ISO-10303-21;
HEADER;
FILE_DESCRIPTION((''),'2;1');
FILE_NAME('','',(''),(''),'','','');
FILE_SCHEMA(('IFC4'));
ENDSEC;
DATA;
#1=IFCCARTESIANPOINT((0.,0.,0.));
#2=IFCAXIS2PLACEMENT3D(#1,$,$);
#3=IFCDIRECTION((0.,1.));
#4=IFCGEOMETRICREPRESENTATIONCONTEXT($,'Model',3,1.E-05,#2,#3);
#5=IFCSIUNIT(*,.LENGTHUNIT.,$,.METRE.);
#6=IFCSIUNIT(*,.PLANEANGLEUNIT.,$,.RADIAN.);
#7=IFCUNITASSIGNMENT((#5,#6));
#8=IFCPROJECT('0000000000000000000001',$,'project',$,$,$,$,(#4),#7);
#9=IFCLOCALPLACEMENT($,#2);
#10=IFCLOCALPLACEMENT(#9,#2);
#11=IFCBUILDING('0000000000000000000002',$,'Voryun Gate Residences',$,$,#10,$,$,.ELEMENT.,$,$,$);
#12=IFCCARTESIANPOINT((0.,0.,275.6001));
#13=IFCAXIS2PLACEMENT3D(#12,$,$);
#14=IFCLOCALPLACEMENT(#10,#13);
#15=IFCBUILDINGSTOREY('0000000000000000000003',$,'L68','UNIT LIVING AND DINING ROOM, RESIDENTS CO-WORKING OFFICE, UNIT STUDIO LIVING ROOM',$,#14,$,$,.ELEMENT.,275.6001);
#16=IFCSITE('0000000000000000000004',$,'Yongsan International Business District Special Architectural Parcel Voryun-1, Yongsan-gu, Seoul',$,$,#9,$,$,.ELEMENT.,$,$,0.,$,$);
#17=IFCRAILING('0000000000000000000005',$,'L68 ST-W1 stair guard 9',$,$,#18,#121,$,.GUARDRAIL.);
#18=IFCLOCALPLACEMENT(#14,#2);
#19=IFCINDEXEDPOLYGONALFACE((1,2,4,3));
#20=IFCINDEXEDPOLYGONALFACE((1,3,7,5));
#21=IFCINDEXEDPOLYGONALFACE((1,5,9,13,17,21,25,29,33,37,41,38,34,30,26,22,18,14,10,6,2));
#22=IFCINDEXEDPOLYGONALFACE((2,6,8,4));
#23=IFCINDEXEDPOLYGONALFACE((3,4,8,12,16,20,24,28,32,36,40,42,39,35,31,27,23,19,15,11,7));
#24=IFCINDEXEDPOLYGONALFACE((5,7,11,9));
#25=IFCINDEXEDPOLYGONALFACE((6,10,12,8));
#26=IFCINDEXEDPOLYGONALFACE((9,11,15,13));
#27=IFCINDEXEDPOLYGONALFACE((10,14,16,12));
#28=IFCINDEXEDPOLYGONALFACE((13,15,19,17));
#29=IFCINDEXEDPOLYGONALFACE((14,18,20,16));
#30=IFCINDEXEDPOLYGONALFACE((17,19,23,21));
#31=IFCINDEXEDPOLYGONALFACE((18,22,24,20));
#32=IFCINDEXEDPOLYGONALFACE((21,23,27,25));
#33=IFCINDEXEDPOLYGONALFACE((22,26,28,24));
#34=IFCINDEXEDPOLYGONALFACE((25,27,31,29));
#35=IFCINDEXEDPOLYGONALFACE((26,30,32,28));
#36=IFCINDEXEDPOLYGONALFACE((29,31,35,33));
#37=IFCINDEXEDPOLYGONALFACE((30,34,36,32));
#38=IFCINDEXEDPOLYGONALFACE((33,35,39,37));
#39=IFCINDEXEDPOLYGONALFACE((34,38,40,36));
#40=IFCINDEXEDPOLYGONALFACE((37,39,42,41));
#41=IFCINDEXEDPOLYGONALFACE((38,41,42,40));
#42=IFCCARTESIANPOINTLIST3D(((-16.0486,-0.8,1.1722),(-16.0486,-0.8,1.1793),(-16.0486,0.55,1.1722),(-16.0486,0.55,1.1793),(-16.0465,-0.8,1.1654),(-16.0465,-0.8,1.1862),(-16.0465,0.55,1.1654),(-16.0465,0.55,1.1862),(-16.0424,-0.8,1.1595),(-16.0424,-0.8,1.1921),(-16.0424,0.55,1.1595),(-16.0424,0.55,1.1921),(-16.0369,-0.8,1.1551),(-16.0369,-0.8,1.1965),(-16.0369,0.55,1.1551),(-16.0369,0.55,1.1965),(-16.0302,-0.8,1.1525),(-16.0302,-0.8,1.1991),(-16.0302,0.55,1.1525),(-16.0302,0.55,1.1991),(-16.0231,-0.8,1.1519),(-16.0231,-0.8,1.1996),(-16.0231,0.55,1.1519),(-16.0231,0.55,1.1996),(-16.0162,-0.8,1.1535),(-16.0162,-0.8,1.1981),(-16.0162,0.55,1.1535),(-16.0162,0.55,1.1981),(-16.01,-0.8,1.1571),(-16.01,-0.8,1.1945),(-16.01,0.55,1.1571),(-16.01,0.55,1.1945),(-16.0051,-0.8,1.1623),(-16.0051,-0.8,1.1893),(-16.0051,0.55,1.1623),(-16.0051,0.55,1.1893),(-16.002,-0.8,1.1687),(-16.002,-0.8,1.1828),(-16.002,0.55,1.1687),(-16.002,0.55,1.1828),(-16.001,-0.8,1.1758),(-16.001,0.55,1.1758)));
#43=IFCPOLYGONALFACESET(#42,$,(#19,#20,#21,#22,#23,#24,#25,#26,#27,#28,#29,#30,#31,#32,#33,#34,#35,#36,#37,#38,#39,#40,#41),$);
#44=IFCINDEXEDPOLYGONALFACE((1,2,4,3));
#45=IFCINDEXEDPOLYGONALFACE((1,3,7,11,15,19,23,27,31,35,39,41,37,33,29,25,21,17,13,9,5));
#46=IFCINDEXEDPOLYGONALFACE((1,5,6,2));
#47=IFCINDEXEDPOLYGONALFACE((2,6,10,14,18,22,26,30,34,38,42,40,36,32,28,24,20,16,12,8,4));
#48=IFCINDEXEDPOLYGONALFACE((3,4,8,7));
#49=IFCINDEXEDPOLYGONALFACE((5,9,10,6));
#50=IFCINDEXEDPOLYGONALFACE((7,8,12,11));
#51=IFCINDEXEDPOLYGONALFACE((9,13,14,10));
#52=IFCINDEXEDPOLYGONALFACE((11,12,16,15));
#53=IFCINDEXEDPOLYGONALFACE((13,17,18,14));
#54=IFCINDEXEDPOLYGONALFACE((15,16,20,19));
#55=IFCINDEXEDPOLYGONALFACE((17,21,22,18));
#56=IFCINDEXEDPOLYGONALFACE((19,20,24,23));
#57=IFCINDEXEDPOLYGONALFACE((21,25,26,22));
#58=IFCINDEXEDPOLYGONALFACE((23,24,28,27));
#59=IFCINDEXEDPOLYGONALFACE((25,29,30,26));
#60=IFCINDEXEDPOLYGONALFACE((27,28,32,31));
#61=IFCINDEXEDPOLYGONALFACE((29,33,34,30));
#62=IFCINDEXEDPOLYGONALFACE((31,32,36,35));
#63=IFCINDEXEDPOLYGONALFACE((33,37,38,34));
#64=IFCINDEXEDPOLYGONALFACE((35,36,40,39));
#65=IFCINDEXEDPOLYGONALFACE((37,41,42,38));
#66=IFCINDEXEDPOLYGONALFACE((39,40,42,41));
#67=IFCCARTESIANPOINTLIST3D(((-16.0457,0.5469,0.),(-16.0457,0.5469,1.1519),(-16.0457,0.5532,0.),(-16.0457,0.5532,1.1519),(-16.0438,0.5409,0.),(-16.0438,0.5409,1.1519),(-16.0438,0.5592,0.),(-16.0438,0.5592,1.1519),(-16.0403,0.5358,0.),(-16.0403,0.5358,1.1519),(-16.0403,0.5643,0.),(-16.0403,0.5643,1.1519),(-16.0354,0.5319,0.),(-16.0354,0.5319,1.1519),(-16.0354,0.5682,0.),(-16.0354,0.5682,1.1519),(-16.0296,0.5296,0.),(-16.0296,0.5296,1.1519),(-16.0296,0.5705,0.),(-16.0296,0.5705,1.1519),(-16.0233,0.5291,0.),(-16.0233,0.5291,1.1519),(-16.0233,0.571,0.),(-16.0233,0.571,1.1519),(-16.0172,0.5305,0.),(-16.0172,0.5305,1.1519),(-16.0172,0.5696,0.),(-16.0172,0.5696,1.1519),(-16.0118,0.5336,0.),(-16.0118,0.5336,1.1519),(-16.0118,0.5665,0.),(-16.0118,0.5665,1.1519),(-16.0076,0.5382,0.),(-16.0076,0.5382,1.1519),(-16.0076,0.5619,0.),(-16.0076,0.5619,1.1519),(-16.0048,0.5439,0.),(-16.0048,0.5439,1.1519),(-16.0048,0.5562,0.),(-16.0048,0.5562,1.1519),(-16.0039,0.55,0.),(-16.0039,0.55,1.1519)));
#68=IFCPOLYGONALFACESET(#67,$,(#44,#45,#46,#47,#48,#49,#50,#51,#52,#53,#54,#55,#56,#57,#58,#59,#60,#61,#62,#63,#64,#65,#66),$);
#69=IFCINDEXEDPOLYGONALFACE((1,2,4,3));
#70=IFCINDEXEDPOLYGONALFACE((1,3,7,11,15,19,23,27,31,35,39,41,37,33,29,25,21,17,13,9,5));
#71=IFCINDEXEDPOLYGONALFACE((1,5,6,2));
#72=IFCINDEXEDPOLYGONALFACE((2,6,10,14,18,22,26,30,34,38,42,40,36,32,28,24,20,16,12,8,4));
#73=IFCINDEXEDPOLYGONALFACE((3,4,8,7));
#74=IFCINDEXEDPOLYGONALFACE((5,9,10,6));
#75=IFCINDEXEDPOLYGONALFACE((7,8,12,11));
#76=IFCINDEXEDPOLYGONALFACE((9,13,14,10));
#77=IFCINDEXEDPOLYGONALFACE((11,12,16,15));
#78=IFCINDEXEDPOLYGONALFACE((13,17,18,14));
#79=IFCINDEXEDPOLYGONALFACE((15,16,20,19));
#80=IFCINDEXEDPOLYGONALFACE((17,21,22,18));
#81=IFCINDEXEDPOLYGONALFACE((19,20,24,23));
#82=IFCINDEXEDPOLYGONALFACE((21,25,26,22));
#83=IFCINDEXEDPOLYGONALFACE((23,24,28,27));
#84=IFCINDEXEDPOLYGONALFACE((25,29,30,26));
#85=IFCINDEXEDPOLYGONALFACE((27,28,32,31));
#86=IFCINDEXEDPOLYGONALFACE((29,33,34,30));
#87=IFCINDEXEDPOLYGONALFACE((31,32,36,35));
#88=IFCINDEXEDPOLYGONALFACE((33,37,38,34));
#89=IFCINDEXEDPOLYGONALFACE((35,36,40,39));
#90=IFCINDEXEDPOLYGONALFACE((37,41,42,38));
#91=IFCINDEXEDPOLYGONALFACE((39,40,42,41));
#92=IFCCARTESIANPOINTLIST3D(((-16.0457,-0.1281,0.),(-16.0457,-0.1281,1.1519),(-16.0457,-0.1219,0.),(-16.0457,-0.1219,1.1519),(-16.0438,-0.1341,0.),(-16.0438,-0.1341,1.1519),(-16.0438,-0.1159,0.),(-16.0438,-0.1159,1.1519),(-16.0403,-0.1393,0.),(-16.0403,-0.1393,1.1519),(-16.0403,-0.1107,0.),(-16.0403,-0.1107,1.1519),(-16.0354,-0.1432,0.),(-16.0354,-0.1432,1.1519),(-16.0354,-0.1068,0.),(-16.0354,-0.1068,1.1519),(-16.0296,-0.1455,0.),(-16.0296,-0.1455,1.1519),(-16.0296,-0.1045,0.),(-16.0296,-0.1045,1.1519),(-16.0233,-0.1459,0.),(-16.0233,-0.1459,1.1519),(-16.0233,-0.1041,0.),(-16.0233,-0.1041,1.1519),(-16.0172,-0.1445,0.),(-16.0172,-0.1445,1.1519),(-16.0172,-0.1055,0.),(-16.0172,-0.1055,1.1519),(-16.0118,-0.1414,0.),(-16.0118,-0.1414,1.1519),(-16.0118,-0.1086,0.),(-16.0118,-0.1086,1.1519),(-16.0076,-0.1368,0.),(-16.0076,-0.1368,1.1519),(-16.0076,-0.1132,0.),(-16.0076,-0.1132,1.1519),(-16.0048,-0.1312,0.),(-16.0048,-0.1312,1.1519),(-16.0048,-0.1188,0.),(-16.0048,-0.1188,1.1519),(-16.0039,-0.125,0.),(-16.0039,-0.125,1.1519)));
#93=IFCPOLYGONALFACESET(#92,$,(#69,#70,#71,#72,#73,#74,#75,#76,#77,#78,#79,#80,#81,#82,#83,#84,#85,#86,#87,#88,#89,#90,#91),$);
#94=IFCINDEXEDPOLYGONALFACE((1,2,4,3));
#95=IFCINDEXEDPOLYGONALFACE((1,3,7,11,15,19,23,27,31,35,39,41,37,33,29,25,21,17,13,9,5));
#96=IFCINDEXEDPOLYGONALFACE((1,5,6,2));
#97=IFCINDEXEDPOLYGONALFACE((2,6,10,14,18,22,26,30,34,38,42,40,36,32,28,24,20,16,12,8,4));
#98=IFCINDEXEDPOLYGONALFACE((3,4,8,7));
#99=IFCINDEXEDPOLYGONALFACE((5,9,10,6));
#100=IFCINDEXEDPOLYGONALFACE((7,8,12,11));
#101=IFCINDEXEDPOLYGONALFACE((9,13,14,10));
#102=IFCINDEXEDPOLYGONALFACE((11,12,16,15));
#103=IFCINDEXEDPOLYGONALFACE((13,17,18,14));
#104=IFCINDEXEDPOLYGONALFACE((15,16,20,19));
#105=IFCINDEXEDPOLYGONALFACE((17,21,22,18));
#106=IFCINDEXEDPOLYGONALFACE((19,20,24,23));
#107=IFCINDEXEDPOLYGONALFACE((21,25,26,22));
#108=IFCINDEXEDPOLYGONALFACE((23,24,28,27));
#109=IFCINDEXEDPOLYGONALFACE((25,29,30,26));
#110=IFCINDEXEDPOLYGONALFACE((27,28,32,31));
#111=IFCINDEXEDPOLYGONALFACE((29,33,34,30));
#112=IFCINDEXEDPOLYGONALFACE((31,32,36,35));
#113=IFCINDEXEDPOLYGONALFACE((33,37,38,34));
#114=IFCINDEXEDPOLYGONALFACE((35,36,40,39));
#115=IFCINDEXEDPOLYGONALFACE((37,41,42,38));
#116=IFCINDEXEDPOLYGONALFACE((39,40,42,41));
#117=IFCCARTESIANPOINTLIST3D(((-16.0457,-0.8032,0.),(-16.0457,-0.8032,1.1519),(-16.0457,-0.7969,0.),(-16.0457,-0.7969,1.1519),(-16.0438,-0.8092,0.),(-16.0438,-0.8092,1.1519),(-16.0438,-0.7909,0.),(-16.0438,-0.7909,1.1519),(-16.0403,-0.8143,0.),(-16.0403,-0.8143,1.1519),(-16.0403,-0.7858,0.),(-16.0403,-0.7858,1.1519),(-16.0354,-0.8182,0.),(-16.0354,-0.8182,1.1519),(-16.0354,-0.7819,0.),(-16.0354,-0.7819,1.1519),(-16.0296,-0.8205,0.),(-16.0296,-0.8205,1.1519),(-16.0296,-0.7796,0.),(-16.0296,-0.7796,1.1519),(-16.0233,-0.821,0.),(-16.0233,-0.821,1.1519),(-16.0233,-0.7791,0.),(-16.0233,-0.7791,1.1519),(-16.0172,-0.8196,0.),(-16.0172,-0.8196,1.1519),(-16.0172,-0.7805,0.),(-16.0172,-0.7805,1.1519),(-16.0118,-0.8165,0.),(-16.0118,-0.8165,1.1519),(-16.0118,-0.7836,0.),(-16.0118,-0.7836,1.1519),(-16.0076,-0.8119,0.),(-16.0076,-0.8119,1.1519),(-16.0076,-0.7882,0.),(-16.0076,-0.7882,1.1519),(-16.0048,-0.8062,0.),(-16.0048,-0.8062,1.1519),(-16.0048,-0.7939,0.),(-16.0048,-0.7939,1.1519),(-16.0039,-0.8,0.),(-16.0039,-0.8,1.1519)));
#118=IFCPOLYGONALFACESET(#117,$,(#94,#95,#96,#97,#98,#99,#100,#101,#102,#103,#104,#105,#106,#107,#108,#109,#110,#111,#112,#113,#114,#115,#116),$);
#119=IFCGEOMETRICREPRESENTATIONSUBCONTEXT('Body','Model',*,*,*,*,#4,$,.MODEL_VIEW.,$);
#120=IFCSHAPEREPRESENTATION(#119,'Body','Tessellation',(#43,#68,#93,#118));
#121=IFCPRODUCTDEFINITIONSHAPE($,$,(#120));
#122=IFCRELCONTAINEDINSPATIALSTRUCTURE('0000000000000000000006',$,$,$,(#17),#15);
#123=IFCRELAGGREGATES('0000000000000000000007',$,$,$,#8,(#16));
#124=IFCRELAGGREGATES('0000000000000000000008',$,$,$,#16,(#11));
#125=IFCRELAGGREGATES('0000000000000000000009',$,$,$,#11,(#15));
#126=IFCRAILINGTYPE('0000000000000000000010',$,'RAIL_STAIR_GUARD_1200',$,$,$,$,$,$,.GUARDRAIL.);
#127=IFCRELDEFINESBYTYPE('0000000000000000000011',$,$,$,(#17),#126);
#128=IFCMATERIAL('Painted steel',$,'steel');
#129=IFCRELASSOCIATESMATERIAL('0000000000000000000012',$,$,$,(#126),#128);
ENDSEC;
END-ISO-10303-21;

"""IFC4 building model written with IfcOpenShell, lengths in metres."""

from ifc_helpers import new_model, si_unit, direction, frame, origin, origin_2d, place, context, subcontext, project, spatial, circle, extrude, material, type_object, element, save


model = new_model("IFC4")

# Units and contexts
model_context = context("Model", 3, precision=1e-05, world=origin(), true_north=direction((0.0, 1.0)))
body_context = subcontext(model_context, "Body", "Model", "MODEL_VIEW")
ifc_project = project(units=[si_unit("LENGTHUNIT", "METRE"), si_unit("PLANEANGLEUNIT", "RADIAN")], contexts=[model_context])

# Site, building, storey
site_placement = place(None, origin())
site = spatial("IfcSite", under=ifc_project, at=site_placement, Name="Yongsan International Business District Special Architectural Parcel Voryun-1, Yongsan-gu, Seoul", CompositionType="ELEMENT", RefElevation=0.0)
building_placement = place(site_placement, origin())
building = spatial("IfcBuilding", under=site, at=building_placement, Name="Voryun Gate Residences", CompositionType="ELEMENT")
storey_placement = place(building_placement, frame((0.0, 0.0, 275.6001)))
storey = spatial("IfcBuildingStorey", under=building, at=storey_placement, Name="L68", Description="UNIT LIVING AND DINING ROOM, RESIDENTS CO-WORKING OFFICE, UNIT STUDIO LIVING ROOM", CompositionType="ELEMENT", Elevation=275.6001)

# Railing
ifc_material_1 = material(Name="Painted steel", Category="steel")
railing_type = type_object("IfcRailingType", Name="RAIL_STAIR_GUARD_1200", PredefinedType="GUARDRAIL", material=ifc_material_1)
for number, where, name in (
    (1, (-16.0249, 0.55, 0.0), "L68 ST-W1 stair guard 9"),
):
    element("IfcRailing", number, at=place(storey_placement, frame(where)), inside=storey, type_object=railing_type, Name=name, PredefinedType="GUARDRAIL", context=body_context, shape_type="SweptSolid", body=[
        extrude(circle(Radius=0.0239, at=origin_2d()), frame((0.0, 0.0, 1.1758), z_axis=(0.0, -1.0, 0.0), x_axis=(1.0, 0.0, 0.0)), (0.0, 0.0, 1.0), 1.3501),
        extrude(circle(Radius=0.021, at=origin_2d()), origin(), (0.0, 0.0, 1.0), 1.1519),
        extrude(circle(Radius=0.021, at=origin_2d()), frame((0.0, -0.675, 0.0)), (0.0, 0.0, 1.0), 1.1519),
        extrude(circle(Radius=0.021, at=origin_2d()), frame((0.0, -1.3501, 0.0)), (0.0, 0.0, 1.0), 1.1519),
    ])

save(model, "model.ifc")
